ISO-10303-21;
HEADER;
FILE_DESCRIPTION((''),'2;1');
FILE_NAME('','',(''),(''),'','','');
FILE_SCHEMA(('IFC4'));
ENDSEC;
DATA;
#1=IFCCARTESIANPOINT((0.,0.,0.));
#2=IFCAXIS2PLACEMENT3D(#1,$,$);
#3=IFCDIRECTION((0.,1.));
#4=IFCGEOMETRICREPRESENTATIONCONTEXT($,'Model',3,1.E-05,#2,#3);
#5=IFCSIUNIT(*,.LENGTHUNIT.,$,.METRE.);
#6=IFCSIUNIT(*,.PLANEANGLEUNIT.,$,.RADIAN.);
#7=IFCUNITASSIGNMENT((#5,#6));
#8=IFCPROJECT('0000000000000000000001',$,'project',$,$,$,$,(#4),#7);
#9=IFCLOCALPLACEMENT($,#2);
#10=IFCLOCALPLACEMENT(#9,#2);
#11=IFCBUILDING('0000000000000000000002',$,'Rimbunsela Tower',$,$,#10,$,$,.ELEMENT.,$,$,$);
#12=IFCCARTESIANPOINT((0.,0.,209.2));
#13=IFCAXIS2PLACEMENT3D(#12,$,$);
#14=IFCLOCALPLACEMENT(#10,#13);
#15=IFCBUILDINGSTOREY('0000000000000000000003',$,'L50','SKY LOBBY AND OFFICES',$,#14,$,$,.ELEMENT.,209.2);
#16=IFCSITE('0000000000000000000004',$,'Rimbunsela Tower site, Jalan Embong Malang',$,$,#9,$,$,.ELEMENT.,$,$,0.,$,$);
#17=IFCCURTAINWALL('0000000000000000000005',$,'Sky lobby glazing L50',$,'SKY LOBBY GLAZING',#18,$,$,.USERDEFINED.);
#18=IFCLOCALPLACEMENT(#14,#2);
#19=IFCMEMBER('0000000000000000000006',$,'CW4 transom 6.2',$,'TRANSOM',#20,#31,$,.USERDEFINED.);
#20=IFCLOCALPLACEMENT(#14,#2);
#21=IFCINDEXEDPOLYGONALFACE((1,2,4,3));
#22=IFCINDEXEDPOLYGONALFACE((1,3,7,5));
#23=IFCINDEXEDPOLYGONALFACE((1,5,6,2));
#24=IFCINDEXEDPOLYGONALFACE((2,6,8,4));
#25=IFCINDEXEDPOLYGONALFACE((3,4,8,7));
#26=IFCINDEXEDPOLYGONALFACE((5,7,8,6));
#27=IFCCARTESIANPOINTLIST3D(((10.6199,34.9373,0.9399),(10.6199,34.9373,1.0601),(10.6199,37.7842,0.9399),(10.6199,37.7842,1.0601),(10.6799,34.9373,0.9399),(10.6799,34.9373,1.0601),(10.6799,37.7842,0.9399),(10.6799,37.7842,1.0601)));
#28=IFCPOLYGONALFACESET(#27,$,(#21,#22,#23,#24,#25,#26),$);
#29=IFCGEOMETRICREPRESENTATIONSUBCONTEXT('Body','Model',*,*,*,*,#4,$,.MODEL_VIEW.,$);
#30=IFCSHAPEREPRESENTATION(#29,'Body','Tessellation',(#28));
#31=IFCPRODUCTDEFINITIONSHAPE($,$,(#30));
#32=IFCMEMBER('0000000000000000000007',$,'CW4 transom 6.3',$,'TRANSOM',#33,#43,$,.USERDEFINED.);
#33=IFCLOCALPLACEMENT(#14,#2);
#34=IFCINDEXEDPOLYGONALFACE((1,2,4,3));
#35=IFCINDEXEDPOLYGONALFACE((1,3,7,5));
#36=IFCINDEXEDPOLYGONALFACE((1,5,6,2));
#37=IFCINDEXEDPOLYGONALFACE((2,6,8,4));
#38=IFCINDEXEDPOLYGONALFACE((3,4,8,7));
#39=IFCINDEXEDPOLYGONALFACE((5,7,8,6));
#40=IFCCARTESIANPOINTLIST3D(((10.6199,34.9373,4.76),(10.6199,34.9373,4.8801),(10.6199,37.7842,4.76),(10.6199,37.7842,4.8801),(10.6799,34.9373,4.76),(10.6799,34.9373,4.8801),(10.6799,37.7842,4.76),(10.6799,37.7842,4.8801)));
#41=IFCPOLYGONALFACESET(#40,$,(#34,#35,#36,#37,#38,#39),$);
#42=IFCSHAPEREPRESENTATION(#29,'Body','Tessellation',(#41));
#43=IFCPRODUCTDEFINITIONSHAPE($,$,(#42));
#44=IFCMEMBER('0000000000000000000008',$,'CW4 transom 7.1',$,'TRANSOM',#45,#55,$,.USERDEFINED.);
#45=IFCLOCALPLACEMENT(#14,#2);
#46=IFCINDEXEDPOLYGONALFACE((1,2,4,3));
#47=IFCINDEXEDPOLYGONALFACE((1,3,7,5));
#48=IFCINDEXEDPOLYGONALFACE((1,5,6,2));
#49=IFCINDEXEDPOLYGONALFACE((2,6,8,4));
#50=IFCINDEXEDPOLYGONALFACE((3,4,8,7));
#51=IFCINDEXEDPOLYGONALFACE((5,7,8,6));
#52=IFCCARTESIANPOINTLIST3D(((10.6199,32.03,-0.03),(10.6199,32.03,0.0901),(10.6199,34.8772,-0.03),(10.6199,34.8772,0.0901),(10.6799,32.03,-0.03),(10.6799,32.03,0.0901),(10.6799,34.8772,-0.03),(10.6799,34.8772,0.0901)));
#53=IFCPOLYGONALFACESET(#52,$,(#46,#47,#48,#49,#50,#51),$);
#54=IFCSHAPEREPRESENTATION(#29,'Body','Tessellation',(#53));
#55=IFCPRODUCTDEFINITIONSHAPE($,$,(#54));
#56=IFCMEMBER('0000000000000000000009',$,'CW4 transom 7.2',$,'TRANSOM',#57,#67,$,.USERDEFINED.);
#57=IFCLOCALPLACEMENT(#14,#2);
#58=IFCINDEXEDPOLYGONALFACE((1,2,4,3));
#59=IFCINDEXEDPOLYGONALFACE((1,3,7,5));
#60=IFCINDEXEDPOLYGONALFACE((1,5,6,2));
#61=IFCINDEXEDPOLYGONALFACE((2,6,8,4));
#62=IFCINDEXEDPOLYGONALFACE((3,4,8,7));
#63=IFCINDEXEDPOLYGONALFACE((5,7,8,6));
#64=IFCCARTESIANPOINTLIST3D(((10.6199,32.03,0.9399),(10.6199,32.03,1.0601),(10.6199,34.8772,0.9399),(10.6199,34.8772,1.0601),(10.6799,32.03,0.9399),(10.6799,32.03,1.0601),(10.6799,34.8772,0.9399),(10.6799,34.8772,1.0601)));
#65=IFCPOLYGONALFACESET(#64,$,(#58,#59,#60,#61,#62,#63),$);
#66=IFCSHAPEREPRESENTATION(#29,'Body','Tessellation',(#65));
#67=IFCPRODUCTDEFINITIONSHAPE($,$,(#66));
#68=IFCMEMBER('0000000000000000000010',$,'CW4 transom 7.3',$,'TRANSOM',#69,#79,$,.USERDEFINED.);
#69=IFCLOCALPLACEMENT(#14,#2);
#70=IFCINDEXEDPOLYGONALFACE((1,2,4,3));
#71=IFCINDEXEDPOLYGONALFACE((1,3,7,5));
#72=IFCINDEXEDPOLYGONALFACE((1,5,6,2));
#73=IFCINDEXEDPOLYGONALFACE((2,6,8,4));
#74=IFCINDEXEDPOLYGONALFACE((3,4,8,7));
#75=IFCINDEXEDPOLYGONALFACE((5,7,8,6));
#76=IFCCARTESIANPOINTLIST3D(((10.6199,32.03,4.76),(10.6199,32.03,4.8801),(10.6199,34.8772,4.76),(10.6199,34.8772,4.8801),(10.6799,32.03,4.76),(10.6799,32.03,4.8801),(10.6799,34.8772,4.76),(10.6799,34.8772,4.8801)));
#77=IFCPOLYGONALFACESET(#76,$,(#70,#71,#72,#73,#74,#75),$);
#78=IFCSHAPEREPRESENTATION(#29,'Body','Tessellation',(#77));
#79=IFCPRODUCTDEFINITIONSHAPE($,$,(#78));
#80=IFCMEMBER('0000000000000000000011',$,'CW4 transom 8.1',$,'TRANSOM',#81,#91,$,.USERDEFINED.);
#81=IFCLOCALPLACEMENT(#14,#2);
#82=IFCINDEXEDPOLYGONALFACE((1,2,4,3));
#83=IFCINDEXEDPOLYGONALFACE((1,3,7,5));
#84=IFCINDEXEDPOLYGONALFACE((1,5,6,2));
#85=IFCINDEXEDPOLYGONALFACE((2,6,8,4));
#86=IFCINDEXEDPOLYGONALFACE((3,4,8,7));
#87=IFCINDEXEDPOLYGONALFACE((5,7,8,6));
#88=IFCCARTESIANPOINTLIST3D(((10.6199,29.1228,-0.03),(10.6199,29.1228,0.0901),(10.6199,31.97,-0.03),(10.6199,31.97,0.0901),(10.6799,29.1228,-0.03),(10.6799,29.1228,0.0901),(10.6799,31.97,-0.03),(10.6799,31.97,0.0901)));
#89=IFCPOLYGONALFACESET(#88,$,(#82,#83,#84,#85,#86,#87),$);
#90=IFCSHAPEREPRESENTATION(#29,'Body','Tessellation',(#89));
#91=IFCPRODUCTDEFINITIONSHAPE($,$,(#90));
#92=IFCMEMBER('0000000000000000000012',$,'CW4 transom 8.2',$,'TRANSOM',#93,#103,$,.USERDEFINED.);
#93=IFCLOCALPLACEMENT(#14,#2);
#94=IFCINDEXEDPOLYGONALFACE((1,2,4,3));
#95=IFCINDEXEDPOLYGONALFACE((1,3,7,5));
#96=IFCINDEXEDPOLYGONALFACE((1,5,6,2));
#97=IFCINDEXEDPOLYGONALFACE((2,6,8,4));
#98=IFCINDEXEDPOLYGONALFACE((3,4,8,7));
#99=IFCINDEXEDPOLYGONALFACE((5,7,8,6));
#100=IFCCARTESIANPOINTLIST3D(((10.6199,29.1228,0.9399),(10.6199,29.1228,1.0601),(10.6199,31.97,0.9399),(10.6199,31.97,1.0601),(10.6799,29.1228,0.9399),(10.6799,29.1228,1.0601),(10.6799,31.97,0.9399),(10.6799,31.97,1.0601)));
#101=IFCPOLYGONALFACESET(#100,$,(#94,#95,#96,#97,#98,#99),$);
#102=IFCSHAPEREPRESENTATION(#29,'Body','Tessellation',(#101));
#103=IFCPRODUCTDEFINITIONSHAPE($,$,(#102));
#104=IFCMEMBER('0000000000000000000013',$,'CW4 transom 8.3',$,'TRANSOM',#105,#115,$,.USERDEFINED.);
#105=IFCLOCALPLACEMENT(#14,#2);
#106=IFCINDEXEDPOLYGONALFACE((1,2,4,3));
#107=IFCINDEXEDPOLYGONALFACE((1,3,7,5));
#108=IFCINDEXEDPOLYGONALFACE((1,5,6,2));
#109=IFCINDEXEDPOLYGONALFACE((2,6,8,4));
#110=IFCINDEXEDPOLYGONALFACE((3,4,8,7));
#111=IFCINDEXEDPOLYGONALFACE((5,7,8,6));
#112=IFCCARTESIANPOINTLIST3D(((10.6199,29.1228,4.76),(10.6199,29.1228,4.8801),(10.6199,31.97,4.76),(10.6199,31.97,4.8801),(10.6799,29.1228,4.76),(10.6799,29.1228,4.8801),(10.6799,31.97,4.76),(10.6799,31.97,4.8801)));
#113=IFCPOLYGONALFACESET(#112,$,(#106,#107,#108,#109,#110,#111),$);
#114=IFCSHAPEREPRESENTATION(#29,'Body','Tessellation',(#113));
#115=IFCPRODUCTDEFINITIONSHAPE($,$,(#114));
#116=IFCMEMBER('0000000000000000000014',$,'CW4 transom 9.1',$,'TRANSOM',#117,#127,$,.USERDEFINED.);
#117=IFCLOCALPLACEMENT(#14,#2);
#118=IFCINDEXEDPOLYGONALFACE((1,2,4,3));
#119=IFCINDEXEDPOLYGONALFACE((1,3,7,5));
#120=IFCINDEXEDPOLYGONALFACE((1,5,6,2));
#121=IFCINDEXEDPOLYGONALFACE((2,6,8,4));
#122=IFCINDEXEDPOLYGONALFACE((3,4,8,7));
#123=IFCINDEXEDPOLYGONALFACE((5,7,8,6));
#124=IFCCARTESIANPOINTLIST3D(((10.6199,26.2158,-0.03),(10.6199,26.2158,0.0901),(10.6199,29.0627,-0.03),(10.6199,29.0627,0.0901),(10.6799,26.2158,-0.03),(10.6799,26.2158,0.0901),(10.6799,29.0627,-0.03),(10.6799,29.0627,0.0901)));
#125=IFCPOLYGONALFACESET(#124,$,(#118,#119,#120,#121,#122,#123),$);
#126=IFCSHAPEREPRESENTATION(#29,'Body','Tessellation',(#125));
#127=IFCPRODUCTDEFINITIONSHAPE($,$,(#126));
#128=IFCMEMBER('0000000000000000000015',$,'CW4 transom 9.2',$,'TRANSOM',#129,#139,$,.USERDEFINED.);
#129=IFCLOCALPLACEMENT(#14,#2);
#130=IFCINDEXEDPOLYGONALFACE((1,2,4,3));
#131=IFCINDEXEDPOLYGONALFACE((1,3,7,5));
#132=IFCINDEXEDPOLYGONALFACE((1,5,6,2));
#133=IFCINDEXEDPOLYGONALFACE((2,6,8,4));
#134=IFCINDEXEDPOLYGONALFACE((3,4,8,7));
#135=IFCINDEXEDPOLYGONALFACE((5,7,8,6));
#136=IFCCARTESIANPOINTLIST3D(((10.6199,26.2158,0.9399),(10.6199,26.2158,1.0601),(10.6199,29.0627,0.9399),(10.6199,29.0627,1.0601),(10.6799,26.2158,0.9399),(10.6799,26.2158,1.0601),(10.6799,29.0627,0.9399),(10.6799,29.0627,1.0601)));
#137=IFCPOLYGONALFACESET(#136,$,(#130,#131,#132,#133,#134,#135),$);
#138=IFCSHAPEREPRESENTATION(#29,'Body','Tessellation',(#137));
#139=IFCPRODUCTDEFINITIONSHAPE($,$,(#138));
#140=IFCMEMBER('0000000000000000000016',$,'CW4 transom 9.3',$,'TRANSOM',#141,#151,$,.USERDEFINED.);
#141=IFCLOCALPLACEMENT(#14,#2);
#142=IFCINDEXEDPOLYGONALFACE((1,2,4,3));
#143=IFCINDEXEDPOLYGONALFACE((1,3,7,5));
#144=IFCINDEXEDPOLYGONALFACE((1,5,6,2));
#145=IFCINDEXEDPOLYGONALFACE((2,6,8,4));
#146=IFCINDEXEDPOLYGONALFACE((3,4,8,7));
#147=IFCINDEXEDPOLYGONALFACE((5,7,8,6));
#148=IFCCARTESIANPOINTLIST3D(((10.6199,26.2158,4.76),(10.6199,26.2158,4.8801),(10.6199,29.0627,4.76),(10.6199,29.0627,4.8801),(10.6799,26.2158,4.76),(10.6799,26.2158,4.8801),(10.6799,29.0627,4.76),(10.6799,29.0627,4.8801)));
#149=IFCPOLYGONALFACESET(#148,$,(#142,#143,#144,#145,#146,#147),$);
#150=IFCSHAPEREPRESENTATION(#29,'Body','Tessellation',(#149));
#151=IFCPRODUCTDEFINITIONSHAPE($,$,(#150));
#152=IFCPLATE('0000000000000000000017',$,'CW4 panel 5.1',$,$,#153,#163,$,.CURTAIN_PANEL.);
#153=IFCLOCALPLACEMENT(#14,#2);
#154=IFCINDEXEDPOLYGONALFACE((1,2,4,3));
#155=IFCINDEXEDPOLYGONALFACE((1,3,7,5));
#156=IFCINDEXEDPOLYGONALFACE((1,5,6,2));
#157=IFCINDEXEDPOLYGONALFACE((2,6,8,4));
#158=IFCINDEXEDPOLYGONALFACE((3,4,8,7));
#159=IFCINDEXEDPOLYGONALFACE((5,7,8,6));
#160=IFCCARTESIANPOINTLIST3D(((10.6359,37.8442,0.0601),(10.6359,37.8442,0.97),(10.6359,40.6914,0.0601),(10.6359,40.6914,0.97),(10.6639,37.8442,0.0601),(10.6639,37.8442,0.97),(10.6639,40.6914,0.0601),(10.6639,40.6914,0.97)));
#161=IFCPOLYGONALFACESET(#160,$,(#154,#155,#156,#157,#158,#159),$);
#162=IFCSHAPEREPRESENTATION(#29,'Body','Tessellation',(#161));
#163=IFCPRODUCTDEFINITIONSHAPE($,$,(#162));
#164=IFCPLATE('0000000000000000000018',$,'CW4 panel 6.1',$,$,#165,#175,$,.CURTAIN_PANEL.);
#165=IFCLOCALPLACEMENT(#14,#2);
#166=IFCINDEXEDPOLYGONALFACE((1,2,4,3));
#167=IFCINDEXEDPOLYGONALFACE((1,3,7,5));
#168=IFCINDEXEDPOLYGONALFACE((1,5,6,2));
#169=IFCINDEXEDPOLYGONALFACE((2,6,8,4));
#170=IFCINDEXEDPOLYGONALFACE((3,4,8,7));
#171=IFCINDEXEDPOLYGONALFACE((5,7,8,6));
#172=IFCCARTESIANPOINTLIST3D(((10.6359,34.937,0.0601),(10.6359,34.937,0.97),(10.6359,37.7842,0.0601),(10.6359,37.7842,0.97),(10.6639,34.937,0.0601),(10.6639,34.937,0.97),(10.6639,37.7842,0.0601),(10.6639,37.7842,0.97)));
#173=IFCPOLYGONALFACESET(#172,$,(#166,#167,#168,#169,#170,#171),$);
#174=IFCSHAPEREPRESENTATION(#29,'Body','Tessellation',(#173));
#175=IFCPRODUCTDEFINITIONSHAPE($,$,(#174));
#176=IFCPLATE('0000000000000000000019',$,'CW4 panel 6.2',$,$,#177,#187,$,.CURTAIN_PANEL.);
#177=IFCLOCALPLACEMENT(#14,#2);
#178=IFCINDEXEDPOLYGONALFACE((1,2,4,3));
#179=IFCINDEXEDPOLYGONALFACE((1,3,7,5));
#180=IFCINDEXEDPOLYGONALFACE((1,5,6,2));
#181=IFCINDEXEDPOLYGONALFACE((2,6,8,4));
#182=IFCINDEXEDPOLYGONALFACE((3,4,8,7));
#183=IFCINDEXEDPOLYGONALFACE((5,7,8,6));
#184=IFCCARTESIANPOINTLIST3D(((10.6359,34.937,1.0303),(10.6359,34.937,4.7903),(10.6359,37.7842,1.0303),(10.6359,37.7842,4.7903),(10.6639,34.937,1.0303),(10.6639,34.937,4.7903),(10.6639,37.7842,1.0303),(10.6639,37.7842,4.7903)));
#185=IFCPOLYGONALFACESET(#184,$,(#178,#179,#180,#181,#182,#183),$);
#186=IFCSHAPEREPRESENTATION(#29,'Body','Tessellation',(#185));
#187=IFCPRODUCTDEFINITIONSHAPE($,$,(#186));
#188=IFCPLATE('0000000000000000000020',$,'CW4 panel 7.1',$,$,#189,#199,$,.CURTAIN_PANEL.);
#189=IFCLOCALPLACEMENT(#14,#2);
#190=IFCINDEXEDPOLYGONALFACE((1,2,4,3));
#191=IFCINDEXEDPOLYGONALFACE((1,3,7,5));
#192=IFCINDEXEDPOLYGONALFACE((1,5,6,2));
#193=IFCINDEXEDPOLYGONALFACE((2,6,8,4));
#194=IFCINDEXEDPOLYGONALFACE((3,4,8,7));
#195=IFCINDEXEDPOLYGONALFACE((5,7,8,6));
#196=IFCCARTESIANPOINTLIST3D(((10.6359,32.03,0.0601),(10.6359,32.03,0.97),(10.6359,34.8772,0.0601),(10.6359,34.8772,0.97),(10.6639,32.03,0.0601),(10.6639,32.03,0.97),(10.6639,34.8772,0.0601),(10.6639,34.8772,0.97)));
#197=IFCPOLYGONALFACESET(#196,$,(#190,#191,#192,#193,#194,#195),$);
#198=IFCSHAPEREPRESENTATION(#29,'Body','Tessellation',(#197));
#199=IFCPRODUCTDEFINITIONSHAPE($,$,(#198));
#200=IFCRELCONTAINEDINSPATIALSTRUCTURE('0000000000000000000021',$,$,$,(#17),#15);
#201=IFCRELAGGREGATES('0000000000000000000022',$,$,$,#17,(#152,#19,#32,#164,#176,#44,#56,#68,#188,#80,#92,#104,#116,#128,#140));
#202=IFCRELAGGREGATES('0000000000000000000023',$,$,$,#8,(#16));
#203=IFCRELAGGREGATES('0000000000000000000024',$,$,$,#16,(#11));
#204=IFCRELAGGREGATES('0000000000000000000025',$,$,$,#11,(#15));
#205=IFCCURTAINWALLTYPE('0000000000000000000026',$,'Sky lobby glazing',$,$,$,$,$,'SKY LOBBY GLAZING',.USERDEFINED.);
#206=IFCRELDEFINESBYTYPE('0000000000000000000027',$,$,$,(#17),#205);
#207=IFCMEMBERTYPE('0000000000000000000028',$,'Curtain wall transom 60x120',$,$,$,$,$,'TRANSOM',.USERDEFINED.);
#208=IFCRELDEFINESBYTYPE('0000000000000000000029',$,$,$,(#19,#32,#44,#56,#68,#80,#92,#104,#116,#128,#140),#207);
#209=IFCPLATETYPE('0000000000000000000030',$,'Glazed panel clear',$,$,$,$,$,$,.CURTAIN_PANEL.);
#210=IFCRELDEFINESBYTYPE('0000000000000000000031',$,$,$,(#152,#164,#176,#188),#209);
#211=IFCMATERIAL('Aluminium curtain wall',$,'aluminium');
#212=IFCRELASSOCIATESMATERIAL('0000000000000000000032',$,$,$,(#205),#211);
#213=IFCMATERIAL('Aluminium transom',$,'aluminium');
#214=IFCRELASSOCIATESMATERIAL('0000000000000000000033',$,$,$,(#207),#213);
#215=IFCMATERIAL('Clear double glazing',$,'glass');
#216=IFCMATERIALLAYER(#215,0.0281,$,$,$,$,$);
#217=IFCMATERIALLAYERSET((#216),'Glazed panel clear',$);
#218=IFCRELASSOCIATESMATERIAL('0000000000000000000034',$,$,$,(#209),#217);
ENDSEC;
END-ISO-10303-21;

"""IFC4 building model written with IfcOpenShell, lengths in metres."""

from ifc_helpers import new_model, si_unit, direction, frame, origin, origin_2d, place, context, subcontext, project, spatial, rectangle, extrude, material, layer, layer_set, material_profile, profile_set, type_object, element, aggregate, save


model = new_model("IFC4")

# Units and contexts
model_context = context("Model", 3, precision=1e-05, world=origin(), true_north=direction((0.0, 1.0)))
body_context = subcontext(model_context, "Body", "Model", "MODEL_VIEW")
ifc_project = project(units=[si_unit("LENGTHUNIT", "METRE"), si_unit("PLANEANGLEUNIT", "RADIAN")], contexts=[model_context])

# Site, building, storey
site_placement = place(None, origin())
site = spatial("IfcSite", under=ifc_project, at=site_placement, Name="Rimbunsela Tower site, Jalan Embong Malang", CompositionType="ELEMENT", RefElevation=0.0)
building_placement = place(site_placement, origin())
building = spatial("IfcBuilding", under=site, at=building_placement, Name="Rimbunsela Tower", CompositionType="ELEMENT")
storey_placement = place(building_placement, frame((0.0, 0.0, 209.2)))
storey = spatial("IfcBuildingStorey", under=building, at=storey_placement, Name="L50", Description="SKY LOBBY AND OFFICES", CompositionType="ELEMENT", Elevation=209.2)

# Curtain wall, members, plates
ifc_material_1 = material(Name="Aluminium curtain wall", Category="aluminium")
curtain_wall_type = type_object("IfcCurtainWallType", Name="Sky lobby glazing", ElementType="SKY LOBBY GLAZING", PredefinedType="USERDEFINED", material=ifc_material_1)
curtain_wall_placement = place(storey_placement, origin())
curtain_wall = element("IfcCurtainWall", 1, at=curtain_wall_placement, inside=storey, type_object=curtain_wall_type, Name="Sky lobby glazing L50", ObjectType="SKY LOBBY GLAZING", PredefinedType="USERDEFINED")
ifc_material_2 = material(Name="Aluminium transom", Category="aluminium")
ifc_material_profile_1 = material_profile(ifc_material_2, rectangle(XDim=0.0601, YDim=0.1201, at=origin_2d()), Name="Transom 60x120")
ifc_profile_set_1 = profile_set([ifc_material_profile_1], Name="Aluminium transom")
member_type_1 = type_object("IfcMemberType", Name="Curtain wall transom 60x120", ElementType="TRANSOM", PredefinedType="USERDEFINED", material=ifc_profile_set_1)
member_1_placement = place(storey_placement, frame((10.6499, 37.7842, 1.0), z_axis=(0.0, -1.0, 0.0), x_axis=(1.0, 0.0, 0.0)))
member_1 = element("IfcMember", 2, at=member_1_placement, type_object=member_type_1, Name="CW4 transom 6.2", ObjectType="TRANSOM", PredefinedType="USERDEFINED", context=body_context, shape_type="SweptSolid", body=[
    extrude(rectangle(XDim=0.0601, YDim=0.1201, at=origin_2d()), origin(), (0.0, 0.0, 1.0), 2.8469),
])
member_2_placement = place(storey_placement, frame((10.6499, 37.7842, 4.8201), z_axis=(0.0, -1.0, 0.0), x_axis=(1.0, 0.0, 0.0)))
member_2 = element("IfcMember", 3, at=member_2_placement, type_object=member_type_1, Name="CW4 transom 6.3", ObjectType="TRANSOM", PredefinedType="USERDEFINED", context=body_context, shape_type="SweptSolid", body=[
    extrude(rectangle(XDim=0.0601, YDim=0.1201, at=origin_2d()), origin(), (0.0, 0.0, 1.0), 2.8469),
])
member_3_placement = place(storey_placement, frame((10.6499, 34.8772, 0.03), z_axis=(0.0, -1.0, 0.0), x_axis=(1.0, 0.0, 0.0)))
member_3 = element("IfcMember", 4, at=member_3_placement, type_object=member_type_1, Name="CW4 transom 7.1", ObjectType="TRANSOM", PredefinedType="USERDEFINED", context=body_context, shape_type="SweptSolid", body=[
    extrude(rectangle(XDim=0.0601, YDim=0.1201, at=origin_2d()), origin(), (0.0, 0.0, 1.0), 2.8472),
])
member_4_placement = place(storey_placement, frame((10.6499, 34.8772, 1.0), z_axis=(0.0, -1.0, 0.0), x_axis=(1.0, 0.0, 0.0)))
member_4 = element("IfcMember", 5, at=member_4_placement, type_object=member_type_1, Name="CW4 transom 7.2", ObjectType="TRANSOM", PredefinedType="USERDEFINED", context=body_context, shape_type="SweptSolid", body=[
    extrude(rectangle(XDim=0.0601, YDim=0.1201, at=origin_2d()), origin(), (0.0, 0.0, 1.0), 2.8472),
])
member_5_placement = place(storey_placement, frame((10.6499, 34.8772, 4.8201), z_axis=(0.0, -1.0, 0.0), x_axis=(1.0, 0.0, 0.0)))
member_5 = element("IfcMember", 6, at=member_5_placement, type_object=member_type_1, Name="CW4 transom 7.3", ObjectType="TRANSOM", PredefinedType="USERDEFINED", context=body_context, shape_type="SweptSolid", body=[
    extrude(rectangle(XDim=0.0601, YDim=0.1201, at=origin_2d()), origin(), (0.0, 0.0, 1.0), 2.8472),
])
member_6_placement = place(storey_placement, frame((10.6499, 31.97, 0.03), z_axis=(0.0, -1.0, 0.0), x_axis=(1.0, 0.0, 0.0)))
member_6 = element("IfcMember", 7, at=member_6_placement, type_object=member_type_1, Name="CW4 transom 8.1", ObjectType="TRANSOM", PredefinedType="USERDEFINED", context=body_context, shape_type="SweptSolid", body=[
    extrude(rectangle(XDim=0.0601, YDim=0.1201, at=origin_2d()), origin(), (0.0, 0.0, 1.0), 2.8472),
])
member_7_placement = place(storey_placement, frame((10.6499, 31.97, 1.0), z_axis=(0.0, -1.0, 0.0), x_axis=(1.0, 0.0, 0.0)))
member_7 = element("IfcMember", 8, at=member_7_placement, type_object=member_type_1, Name="CW4 transom 8.2", ObjectType="TRANSOM", PredefinedType="USERDEFINED", context=body_context, shape_type="SweptSolid", body=[
    extrude(rectangle(XDim=0.0601, YDim=0.1201, at=origin_2d()), origin(), (0.0, 0.0, 1.0), 2.8472),
])
member_8_placement = place(storey_placement, frame((10.6499, 31.97, 4.8201), z_axis=(0.0, -1.0, 0.0), x_axis=(1.0, 0.0, 0.0)))
member_8 = element("IfcMember", 9, at=member_8_placement, type_object=member_type_1, Name="CW4 transom 8.3", ObjectType="TRANSOM", PredefinedType="USERDEFINED", context=body_context, shape_type="SweptSolid", body=[
    extrude(rectangle(XDim=0.0601, YDim=0.1201, at=origin_2d()), origin(), (0.0, 0.0, 1.0), 2.8472),
])
member_9_placement = place(storey_placement, frame((10.6499, 29.0627, 0.03), z_axis=(0.0, -1.0, 0.0), x_axis=(1.0, 0.0, 0.0)))
member_9 = element("IfcMember", 10, at=member_9_placement, type_object=member_type_1, Name="CW4 transom 9.1", ObjectType="TRANSOM", PredefinedType="USERDEFINED", context=body_context, shape_type="SweptSolid", body=[
    extrude(rectangle(XDim=0.0601, YDim=0.1201, at=origin_2d()), origin(), (0.0, 0.0, 1.0), 2.8469),
])
member_10_placement = place(storey_placement, frame((10.6499, 29.0627, 1.0), z_axis=(0.0, -1.0, 0.0), x_axis=(1.0, 0.0, 0.0)))
member_10 = element("IfcMember", 11, at=member_10_placement, type_object=member_type_1, Name="CW4 transom 9.2", ObjectType="TRANSOM", PredefinedType="USERDEFINED", context=body_context, shape_type="SweptSolid", body=[
    extrude(rectangle(XDim=0.0601, YDim=0.1201, at=origin_2d()), origin(), (0.0, 0.0, 1.0), 2.8469),
])
member_11_placement = place(storey_placement, frame((10.6499, 29.0627, 4.8201), z_axis=(0.0, -1.0, 0.0), x_axis=(1.0, 0.0, 0.0)))
member_11 = element("IfcMember", 12, at=member_11_placement, type_object=member_type_1, Name="CW4 transom 9.3", ObjectType="TRANSOM", PredefinedType="USERDEFINED", context=body_context, shape_type="SweptSolid", body=[
    extrude(rectangle(XDim=0.0601, YDim=0.1201, at=origin_2d()), origin(), (0.0, 0.0, 1.0), 2.8469),
])
ifc_material_3 = material(Name="Clear double glazing", Category="glass")
ifc_layer = layer(ifc_material_3, 0.0281)
ifc_layer_set = layer_set([ifc_layer], Name="Glazed panel clear")
plate_type = type_object("IfcPlateType", Name="Glazed panel clear", PredefinedType="CURTAIN_PANEL", material=ifc_layer_set)
plate_1_placement = place(storey_placement, frame((10.6499, 39.2678, 0.0601), z_axis=(0.0, 0.0, 1.0), x_axis=(0.0, -1.0, 0.0)))
plate_1 = element("IfcPlate", 13, at=plate_1_placement, type_object=plate_type, Name="CW4 panel 5.1", PredefinedType="CURTAIN_PANEL", context=body_context, shape_type="SweptSolid", body=[
    extrude(rectangle(XDim=2.8472, YDim=0.0281, at=origin_2d()), origin(), (0.0, 0.0, 1.0), 0.9099),
])
plate_2_placement = place(storey_placement, frame((10.6499, 36.3606, 0.0601), z_axis=(0.0, 0.0, 1.0), x_axis=(0.0, -1.0, 0.0)))
plate_2 = element("IfcPlate", 14, at=plate_2_placement, type_object=plate_type, Name="CW4 panel 6.1", PredefinedType="CURTAIN_PANEL", context=body_context, shape_type="SweptSolid", body=[
    extrude(rectangle(XDim=2.8472, YDim=0.0281, at=origin_2d()), origin(), (0.0, 0.0, 1.0), 0.9099),
])
plate_3_placement = place(storey_placement, frame((10.6499, 36.3606, 1.0303), z_axis=(0.0, 0.0, 1.0), x_axis=(0.0, -1.0, 0.0)))
plate_3 = element("IfcPlate", 15, at=plate_3_placement, type_object=plate_type, Name="CW4 panel 6.2", PredefinedType="CURTAIN_PANEL", context=body_context, shape_type="SweptSolid", body=[
    extrude(rectangle(XDim=2.8472, YDim=0.0281, at=origin_2d()), origin(), (0.0, 0.0, 1.0), 3.76),
])
plate_4_placement = place(storey_placement, frame((10.6499, 33.4536, 0.0601), z_axis=(0.0, 0.0, 1.0), x_axis=(0.0, -1.0, 0.0)))
plate_4 = element("IfcPlate", 16, at=plate_4_placement, type_object=plate_type, Name="CW4 panel 7.1", PredefinedType="CURTAIN_PANEL", context=body_context, shape_type="SweptSolid", body=[
    extrude(rectangle(XDim=2.8472, YDim=0.0281, at=origin_2d()), origin(), (0.0, 0.0, 1.0), 0.9099),
])
aggregate(curtain_wall, [plate_1, member_1, member_2, plate_2, plate_3, member_3, member_4, member_5, plate_4, member_6, member_7, member_8, member_9, member_10, member_11])

save(model, "model.ifc")
